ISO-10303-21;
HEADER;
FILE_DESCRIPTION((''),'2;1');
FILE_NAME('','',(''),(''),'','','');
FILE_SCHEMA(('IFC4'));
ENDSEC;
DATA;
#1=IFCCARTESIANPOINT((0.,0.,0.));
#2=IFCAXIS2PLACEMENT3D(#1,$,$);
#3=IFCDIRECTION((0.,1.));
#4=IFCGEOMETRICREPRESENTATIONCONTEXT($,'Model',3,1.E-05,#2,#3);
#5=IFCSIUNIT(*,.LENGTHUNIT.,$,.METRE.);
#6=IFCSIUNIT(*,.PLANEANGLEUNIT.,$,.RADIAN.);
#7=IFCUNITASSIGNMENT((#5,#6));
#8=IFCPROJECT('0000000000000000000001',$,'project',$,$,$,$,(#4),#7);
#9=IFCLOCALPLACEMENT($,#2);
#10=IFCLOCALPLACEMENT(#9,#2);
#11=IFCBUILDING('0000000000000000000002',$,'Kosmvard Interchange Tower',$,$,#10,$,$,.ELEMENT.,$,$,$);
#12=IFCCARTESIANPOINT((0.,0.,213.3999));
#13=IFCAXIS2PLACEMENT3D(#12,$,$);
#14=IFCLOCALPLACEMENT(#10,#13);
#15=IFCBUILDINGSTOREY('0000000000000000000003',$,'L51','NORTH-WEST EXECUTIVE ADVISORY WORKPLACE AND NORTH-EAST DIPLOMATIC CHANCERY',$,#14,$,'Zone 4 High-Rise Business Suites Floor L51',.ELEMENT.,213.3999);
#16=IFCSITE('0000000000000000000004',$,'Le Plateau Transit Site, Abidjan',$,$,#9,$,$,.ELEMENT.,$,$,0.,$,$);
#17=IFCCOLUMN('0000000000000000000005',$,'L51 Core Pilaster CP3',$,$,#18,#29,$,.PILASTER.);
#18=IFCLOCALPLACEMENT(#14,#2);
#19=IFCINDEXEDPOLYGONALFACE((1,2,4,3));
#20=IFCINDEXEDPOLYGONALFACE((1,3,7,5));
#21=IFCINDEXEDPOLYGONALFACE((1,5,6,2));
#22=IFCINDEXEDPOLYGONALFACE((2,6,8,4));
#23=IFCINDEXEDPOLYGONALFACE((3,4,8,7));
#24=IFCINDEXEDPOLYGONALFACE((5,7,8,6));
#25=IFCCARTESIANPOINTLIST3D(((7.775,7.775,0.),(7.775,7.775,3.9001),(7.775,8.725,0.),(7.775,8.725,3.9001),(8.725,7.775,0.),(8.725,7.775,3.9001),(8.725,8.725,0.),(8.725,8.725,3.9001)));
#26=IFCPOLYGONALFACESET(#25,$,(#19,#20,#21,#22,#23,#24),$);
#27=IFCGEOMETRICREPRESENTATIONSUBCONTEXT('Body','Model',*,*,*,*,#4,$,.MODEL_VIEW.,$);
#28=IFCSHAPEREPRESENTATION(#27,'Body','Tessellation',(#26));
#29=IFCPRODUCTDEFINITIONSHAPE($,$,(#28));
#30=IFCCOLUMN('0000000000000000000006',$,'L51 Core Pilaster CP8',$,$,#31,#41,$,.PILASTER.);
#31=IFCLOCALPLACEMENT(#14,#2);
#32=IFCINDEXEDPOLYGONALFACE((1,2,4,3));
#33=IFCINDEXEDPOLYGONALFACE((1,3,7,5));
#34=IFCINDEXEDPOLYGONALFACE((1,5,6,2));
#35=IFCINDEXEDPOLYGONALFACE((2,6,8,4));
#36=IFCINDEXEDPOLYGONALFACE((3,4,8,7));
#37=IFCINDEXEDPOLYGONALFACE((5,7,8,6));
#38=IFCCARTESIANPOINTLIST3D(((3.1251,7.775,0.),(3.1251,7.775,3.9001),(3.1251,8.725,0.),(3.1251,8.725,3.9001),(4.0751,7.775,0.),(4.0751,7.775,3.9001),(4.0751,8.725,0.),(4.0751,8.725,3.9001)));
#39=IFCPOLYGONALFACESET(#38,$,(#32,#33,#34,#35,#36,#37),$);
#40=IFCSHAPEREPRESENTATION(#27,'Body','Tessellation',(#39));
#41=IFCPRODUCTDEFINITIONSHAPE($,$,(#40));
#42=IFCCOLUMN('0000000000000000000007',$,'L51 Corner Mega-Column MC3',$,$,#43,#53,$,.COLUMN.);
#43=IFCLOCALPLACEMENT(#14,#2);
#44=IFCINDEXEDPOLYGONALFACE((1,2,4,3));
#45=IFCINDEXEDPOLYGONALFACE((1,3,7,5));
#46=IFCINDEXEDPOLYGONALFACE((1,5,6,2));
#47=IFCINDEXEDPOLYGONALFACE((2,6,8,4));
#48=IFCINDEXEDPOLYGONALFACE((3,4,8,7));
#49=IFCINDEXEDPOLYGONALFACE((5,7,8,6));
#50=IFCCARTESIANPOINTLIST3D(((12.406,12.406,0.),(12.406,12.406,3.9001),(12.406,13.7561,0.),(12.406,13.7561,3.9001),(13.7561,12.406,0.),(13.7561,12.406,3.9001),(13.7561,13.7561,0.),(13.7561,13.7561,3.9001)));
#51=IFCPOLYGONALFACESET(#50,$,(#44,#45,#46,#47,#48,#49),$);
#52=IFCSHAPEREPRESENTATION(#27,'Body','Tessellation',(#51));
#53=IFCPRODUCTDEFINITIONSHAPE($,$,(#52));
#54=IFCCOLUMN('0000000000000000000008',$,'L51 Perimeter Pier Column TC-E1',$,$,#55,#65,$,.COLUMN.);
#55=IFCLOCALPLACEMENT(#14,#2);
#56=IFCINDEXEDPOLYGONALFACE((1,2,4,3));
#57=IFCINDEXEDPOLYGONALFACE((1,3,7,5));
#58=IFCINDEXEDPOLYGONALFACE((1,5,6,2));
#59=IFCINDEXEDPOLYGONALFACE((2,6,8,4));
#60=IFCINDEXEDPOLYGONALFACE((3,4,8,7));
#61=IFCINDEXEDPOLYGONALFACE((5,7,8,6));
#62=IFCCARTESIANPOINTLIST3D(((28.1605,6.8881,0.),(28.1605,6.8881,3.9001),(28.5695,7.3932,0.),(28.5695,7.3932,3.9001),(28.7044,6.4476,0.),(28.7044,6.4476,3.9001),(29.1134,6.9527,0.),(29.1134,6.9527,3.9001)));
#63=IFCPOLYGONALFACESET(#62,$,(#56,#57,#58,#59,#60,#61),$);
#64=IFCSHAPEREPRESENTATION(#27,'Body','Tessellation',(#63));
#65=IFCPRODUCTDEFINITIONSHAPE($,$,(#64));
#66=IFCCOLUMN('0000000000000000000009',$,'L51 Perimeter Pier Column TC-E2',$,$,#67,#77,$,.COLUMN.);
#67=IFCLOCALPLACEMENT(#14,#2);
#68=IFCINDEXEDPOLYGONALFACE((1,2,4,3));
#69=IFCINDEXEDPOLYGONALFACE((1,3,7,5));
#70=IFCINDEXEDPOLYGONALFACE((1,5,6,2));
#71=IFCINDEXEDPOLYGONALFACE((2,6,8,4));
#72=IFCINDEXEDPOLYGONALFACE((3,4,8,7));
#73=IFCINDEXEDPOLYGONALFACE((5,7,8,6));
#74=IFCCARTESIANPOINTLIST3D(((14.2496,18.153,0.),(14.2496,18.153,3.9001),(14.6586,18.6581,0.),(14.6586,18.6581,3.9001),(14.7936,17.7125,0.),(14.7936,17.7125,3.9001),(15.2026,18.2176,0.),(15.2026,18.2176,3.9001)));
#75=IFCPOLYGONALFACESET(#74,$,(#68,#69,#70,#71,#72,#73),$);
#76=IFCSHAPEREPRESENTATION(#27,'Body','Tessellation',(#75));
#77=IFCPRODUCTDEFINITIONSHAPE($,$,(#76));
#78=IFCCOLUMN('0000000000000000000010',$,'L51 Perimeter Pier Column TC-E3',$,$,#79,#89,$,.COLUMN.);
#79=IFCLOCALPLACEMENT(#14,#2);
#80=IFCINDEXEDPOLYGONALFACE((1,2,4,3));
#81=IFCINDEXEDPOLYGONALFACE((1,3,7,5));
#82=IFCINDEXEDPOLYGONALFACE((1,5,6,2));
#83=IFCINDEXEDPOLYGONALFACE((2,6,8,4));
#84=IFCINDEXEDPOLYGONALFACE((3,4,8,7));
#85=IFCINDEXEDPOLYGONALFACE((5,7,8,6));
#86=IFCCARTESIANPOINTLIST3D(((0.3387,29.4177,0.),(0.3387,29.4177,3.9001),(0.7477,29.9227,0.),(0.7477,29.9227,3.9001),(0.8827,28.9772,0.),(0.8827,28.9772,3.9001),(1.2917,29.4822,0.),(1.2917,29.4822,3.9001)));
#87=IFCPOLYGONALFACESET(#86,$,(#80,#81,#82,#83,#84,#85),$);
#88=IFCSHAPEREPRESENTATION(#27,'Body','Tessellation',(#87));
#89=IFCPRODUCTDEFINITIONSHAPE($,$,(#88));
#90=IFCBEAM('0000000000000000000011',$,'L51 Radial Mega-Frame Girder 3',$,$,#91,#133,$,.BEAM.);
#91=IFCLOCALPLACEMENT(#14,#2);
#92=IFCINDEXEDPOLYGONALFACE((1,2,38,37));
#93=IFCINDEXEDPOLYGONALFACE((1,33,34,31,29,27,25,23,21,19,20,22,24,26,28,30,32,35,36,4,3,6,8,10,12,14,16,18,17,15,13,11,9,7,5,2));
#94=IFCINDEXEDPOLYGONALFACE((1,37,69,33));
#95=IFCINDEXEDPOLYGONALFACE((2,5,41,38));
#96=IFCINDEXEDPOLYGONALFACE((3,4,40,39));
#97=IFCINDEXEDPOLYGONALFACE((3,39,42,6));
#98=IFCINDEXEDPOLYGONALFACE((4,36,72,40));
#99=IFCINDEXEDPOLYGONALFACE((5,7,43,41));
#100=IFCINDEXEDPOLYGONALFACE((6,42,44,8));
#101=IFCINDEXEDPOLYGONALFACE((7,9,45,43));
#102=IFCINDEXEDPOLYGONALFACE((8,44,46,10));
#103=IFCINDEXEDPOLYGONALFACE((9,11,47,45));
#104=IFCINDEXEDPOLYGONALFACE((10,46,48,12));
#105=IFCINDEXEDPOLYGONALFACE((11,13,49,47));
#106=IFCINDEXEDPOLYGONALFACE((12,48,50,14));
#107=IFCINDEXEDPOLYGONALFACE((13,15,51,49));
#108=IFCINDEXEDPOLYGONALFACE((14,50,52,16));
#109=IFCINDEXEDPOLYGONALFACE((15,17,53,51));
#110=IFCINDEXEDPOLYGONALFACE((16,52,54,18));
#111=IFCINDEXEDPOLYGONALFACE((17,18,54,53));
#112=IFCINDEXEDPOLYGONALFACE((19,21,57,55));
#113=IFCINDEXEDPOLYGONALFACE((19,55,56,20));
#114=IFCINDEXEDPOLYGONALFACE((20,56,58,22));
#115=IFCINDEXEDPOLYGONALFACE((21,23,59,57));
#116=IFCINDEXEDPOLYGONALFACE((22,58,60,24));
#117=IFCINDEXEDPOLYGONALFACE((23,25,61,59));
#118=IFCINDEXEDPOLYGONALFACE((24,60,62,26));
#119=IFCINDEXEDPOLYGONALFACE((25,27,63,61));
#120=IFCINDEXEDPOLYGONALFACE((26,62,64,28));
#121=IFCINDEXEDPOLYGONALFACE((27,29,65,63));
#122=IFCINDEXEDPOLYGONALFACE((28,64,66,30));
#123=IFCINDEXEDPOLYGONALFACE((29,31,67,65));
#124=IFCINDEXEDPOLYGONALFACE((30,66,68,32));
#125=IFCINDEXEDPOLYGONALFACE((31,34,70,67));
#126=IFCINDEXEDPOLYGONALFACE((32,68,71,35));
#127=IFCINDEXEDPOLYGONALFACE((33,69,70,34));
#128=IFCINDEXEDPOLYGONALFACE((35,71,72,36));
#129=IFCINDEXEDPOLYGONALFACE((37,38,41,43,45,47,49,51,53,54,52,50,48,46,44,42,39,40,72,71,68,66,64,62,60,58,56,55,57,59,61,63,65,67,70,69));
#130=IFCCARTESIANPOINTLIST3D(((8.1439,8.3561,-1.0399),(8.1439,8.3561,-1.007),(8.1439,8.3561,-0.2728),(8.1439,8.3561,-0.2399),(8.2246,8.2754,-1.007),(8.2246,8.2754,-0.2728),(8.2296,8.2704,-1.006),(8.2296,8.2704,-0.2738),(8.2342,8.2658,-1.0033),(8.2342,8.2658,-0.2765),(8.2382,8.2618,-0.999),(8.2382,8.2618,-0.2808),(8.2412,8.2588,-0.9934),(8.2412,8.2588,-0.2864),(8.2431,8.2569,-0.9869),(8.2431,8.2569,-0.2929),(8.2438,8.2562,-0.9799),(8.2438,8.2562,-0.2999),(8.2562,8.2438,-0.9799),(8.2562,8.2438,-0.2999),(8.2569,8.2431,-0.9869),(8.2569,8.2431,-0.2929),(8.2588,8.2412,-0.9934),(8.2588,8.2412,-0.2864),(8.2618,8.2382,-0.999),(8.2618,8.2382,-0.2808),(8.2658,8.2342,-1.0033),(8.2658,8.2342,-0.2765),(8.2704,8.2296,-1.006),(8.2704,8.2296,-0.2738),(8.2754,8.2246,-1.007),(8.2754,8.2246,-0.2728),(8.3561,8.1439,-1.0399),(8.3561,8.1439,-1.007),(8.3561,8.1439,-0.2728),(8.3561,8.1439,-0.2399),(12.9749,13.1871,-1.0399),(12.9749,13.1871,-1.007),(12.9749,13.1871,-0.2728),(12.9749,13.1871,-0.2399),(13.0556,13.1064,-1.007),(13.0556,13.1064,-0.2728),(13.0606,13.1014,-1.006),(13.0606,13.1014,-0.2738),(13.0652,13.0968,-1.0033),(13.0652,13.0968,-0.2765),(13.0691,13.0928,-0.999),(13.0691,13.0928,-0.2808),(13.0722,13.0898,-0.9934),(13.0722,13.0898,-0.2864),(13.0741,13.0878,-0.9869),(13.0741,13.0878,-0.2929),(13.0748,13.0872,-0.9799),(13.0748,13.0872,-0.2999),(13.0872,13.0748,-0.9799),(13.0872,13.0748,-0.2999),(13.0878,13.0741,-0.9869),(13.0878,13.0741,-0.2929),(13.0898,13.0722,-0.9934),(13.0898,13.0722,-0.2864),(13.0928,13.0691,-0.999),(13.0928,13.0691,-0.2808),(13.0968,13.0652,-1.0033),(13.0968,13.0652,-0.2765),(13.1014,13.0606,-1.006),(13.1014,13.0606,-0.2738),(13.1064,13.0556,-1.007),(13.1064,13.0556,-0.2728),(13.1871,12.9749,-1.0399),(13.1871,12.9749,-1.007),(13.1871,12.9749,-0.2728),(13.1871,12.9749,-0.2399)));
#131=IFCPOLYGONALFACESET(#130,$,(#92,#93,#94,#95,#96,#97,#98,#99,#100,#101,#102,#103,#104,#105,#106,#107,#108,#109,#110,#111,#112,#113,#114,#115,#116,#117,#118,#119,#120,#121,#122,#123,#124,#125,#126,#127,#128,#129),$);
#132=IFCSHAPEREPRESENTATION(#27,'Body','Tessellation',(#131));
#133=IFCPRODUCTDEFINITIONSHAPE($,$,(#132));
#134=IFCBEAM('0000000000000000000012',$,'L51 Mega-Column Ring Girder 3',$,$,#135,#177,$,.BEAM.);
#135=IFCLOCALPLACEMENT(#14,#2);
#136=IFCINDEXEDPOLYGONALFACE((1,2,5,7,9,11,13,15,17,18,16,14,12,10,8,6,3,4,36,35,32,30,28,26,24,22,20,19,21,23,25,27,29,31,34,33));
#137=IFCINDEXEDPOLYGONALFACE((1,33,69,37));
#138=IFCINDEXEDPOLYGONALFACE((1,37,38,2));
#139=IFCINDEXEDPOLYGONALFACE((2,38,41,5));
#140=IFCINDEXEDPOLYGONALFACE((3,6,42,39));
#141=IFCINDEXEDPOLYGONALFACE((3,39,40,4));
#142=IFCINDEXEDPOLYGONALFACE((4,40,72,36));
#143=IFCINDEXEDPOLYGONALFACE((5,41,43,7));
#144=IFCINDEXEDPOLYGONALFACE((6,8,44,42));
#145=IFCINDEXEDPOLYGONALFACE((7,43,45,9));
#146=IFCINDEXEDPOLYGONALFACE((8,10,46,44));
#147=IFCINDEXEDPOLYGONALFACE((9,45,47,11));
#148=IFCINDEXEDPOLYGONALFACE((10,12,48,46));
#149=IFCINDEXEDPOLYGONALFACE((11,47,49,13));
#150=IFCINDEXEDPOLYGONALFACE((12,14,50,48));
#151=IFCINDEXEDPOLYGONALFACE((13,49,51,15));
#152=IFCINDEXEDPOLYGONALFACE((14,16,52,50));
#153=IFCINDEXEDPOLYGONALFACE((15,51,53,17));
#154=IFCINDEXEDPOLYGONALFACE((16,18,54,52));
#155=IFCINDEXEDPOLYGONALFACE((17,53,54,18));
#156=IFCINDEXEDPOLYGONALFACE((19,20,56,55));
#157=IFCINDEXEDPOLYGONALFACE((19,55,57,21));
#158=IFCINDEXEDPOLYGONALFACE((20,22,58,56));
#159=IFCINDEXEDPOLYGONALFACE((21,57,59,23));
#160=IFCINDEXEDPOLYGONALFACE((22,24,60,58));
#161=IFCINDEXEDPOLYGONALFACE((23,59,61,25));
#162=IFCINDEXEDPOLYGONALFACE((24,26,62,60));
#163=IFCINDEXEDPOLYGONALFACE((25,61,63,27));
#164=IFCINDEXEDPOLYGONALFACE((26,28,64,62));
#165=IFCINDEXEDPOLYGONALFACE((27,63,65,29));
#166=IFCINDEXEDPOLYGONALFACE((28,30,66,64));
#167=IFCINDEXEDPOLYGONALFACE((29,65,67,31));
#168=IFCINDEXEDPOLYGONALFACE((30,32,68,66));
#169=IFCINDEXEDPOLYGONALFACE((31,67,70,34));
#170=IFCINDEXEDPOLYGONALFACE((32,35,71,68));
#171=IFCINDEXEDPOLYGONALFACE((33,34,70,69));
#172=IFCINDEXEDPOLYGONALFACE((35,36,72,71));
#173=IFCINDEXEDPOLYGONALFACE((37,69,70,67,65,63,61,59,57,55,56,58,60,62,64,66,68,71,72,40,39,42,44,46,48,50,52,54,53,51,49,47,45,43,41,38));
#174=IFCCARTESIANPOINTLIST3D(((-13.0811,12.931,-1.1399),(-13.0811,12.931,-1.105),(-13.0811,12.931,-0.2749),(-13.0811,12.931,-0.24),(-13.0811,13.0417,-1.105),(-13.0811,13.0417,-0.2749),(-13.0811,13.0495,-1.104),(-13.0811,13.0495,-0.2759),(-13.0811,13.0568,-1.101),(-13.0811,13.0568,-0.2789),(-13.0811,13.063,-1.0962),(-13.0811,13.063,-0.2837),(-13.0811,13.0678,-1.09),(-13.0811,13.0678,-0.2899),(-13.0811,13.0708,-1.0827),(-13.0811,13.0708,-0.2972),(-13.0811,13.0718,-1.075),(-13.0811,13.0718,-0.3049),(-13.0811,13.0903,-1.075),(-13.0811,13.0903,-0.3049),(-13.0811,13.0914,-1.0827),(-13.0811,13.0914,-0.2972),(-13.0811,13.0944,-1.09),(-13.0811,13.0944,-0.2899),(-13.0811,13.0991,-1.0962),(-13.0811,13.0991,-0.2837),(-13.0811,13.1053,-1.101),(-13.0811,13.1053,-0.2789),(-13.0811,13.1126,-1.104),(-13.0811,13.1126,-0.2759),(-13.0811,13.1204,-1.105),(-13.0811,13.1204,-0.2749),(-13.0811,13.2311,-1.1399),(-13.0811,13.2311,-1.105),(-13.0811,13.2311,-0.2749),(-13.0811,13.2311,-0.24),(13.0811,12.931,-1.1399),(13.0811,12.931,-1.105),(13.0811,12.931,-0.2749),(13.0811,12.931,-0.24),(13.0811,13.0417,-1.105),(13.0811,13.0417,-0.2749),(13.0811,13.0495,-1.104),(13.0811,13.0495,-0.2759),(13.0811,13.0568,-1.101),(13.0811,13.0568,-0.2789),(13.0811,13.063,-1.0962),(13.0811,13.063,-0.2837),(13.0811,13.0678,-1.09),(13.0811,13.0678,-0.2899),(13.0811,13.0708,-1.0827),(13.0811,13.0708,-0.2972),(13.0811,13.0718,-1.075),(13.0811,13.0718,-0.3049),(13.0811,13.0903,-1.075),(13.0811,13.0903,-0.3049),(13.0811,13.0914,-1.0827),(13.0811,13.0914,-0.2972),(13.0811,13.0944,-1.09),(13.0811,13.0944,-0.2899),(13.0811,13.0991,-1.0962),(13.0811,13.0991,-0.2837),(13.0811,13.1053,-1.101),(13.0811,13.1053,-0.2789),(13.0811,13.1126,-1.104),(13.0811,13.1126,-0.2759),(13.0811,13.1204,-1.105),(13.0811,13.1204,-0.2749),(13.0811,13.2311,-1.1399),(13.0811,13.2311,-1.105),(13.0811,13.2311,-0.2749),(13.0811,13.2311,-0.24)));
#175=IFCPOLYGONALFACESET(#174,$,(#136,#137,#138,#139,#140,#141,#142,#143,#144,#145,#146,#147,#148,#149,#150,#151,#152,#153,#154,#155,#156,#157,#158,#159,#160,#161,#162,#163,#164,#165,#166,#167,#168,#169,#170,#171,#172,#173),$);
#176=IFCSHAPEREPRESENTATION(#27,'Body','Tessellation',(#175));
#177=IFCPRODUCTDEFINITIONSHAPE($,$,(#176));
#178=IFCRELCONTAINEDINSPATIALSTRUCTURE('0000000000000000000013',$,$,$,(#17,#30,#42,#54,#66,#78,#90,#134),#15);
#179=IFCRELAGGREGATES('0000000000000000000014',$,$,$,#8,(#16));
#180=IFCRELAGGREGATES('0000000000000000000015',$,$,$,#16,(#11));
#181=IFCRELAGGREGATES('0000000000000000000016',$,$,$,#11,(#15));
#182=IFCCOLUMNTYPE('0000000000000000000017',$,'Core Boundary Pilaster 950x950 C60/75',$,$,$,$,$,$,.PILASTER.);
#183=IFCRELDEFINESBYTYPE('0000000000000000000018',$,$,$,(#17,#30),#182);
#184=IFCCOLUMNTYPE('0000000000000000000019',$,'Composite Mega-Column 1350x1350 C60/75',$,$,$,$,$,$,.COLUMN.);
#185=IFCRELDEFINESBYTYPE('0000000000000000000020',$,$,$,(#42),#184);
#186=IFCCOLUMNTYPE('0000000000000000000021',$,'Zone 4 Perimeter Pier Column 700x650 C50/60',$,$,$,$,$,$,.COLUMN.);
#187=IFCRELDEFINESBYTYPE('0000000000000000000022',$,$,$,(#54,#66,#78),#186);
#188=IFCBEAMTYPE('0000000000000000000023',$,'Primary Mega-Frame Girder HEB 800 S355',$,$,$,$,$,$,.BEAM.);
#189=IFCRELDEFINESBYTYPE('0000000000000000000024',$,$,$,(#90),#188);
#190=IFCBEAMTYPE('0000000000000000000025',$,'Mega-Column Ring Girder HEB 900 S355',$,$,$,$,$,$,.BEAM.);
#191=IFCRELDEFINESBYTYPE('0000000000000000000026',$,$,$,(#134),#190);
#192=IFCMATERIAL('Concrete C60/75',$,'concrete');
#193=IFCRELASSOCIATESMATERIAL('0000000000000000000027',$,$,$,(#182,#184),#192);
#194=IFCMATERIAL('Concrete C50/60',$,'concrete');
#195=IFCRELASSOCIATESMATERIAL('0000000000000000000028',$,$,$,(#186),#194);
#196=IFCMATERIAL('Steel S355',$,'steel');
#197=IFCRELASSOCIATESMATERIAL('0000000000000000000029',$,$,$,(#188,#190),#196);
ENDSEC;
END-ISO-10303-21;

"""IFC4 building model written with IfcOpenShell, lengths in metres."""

from ifc_helpers import new_model, si_unit, direction, frame, origin, origin_2d, place, context, subcontext, project, spatial, rectangle, i_section, extrude, source, transform, mapped, material, material_profile, profile_set, type_object, element, save


model = new_model("IFC4")

# Units and contexts
model_context = context("Model", 3, precision=1e-05, world=origin(), true_north=direction((0.0, 1.0)))
body_context = subcontext(model_context, "Body", "Model", "MODEL_VIEW")
ifc_project = project(units=[si_unit("LENGTHUNIT", "METRE"), si_unit("PLANEANGLEUNIT", "RADIAN")], contexts=[model_context])

# Site, building, storey
site_placement = place(None, origin())
site = spatial("IfcSite", under=ifc_project, at=site_placement, Name="Le Plateau Transit Site, Abidjan", CompositionType="ELEMENT", RefElevation=0.0)
building_placement = place(site_placement, origin())
building = spatial("IfcBuilding", under=site, at=building_placement, Name="Kosmvard Interchange Tower", CompositionType="ELEMENT")
storey_placement = place(building_placement, frame((0.0, 0.0, 213.3999)))
storey = spatial("IfcBuildingStorey", under=building, at=storey_placement, Name="L51", Description="NORTH-WEST EXECUTIVE ADVISORY WORKPLACE AND NORTH-EAST DIPLOMATIC CHANCERY", LongName="Zone 4 High-Rise Business Suites Floor L51", CompositionType="ELEMENT", Elevation=213.3999)

# Columns
ifc_material_1 = material(Name="Concrete C60/75", Category="concrete")
ifc_material_profile_1 = material_profile(ifc_material_1, rectangle(XDim=0.95, YDim=0.95, at=origin_2d()), Name="CP 950x950")
ifc_profile_set_1 = profile_set([ifc_material_profile_1], Name="Concrete C60/75")
column_type_1 = type_object("IfcColumnType", Name="Core Boundary Pilaster 950x950 C60/75", PredefinedType="PILASTER", material=ifc_profile_set_1)
shared_shape_1 = source(origin(), body_context, "Body", "SweptSolid", [
    extrude(rectangle(XDim=0.95, YDim=0.95, at=origin_2d()), origin(), (0.0, 0.0, 1.0), 3.9001),
])
for number, where, z_axis, x_axis, name in (
    (1, (8.25, 8.25, 0.0), (0.0, 0.0, 1.0), (1.0, 0.0, 0.0), "L51 Core Pilaster CP3"),
    (2, (3.6001, 8.25, 0.0), (0.0, 0.0, 1.0), (1.0, 0.0, 0.0), "L51 Core Pilaster CP8"),
):
    element("IfcColumn", number, at=place(storey_placement, frame(where, z_axis=z_axis, x_axis=x_axis)), inside=storey, type_object=column_type_1, Name=name, PredefinedType="PILASTER", context=body_context, shape_type="MappedRepresentation", body=[
        mapped(shared_shape_1, transform((0.0, 0.0, 0.0), scale=1.0)),
    ])
ifc_material_profile_2 = material_profile(ifc_material_1, rectangle(XDim=1.3501, YDim=1.3501, at=origin_2d()), Name="MC 1350x1350")
ifc_profile_set_2 = profile_set([ifc_material_profile_2], Name="Concrete C60/75")
column_type_2 = type_object("IfcColumnType", Name="Composite Mega-Column 1350x1350 C60/75", PredefinedType="COLUMN", material=ifc_profile_set_2)
shared_shape_2 = source(origin(), body_context, "Body", "SweptSolid", [
    extrude(rectangle(XDim=1.3501, YDim=1.3501, at=origin_2d()), origin(), (0.0, 0.0, 1.0), 3.9001),
])
column_placement = place(storey_placement, frame((13.0811, 13.0811, 0.0), z_axis=(0.0, 0.0, 1.0), x_axis=(1.0, 0.0, 0.0)))
element("IfcColumn", 3, at=column_placement, inside=storey, type_object=column_type_2, Name="L51 Corner Mega-Column MC3", PredefinedType="COLUMN", context=body_context, shape_type="MappedRepresentation", body=[
    mapped(shared_shape_2, transform((0.0, 0.0, 0.0), scale=1.0)),
])
ifc_material_2 = material(Name="Concrete C50/60", Category="concrete")
ifc_material_profile_3 = material_profile(ifc_material_2, rectangle(XDim=0.6499, YDim=0.7, at=origin_2d()), Name="TC 700x650")
ifc_profile_set_3 = profile_set([ifc_material_profile_3], Name="Concrete C50/60")
column_type_3 = type_object("IfcColumnType", Name="Zone 4 Perimeter Pier Column 700x650 C50/60", PredefinedType="COLUMN", material=ifc_profile_set_3)
shared_shape_3 = source(origin(), body_context, "Body", "SweptSolid", [
    extrude(rectangle(XDim=0.6499, YDim=0.7, at=origin_2d()), origin(), (0.0, 0.0, 1.0), 3.9001),
])
for number, where, z_axis, x_axis, name in (
    (4, (28.637, 6.9204, 0.0), (0.0, 0.0, 1.0), (0.62932, 0.777146, 0.0), "L51 Perimeter Pier Column TC-E1"),
    (5, (14.7261, 18.1853, 0.0), (0.0, 0.0, 1.0), (0.62932, 0.777146, 0.0), "L51 Perimeter Pier Column TC-E2"),
    (6, (0.8152, 29.45, 0.0), (0.0, 0.0, 1.0), (0.62932, 0.777146, 0.0), "L51 Perimeter Pier Column TC-E3"),
):
    element("IfcColumn", number, at=place(storey_placement, frame(where, z_axis=z_axis, x_axis=x_axis)), inside=storey, type_object=column_type_3, Name=name, PredefinedType="COLUMN", context=body_context, shape_type="MappedRepresentation", body=[
        mapped(shared_shape_3, transform((0.0, 0.0, 0.0), scale=1.0)),
    ])

# Beams
ifc_material_3 = material(Name="Steel S355", Category="steel")
ifc_material_profile_4 = material_profile(ifc_material_3, i_section(OverallWidth=0.3, OverallDepth=0.8, WebThickness=0.0176, FlangeThickness=0.033, FilletRadius=0.0271, at=origin_2d()), Name="HEB 800")
ifc_profile_set_4 = profile_set([ifc_material_profile_4], Name="Steel S355")
beam_type_1 = type_object("IfcBeamType", Name="Primary Mega-Frame Girder HEB 800 S355", PredefinedType="BEAM", material=ifc_profile_set_4)
shared_shape_4 = source(origin(), body_context, "Body", "SweptSolid", [
    extrude(i_section(OverallWidth=0.3, OverallDepth=0.8, WebThickness=0.0176, FlangeThickness=0.033, FilletRadius=0.0271, at=origin_2d()), origin(), (0.0, 0.0, 1.0), 6.832),
])
beam_1_placement = place(storey_placement, frame((8.25, 8.25, -0.6399), z_axis=(0.707107, 0.707107, 0.0), x_axis=(-0.707107, 0.707107, 0.0)))
element("IfcBeam", 7, at=beam_1_placement, inside=storey, type_object=beam_type_1, Name="L51 Radial Mega-Frame Girder 3", PredefinedType="BEAM", context=body_context, shape_type="MappedRepresentation", body=[
    mapped(shared_shape_4, transform((0.0, 0.0, 0.0), scale=1.0)),
])
ifc_material_profile_5 = material_profile(ifc_material_3, i_section(OverallWidth=0.3, OverallDepth=0.8999, WebThickness=0.0186, FlangeThickness=0.0349, FilletRadius=0.03, at=origin_2d()), Name="HEB 900")
ifc_profile_set_5 = profile_set([ifc_material_profile_5], Name="Steel S355")
beam_type_2 = type_object("IfcBeamType", Name="Mega-Column Ring Girder HEB 900 S355", PredefinedType="BEAM", material=ifc_profile_set_5)
shared_shape_5 = source(origin(), body_context, "Body", "SweptSolid", [
    extrude(i_section(OverallWidth=0.3, OverallDepth=0.8999, WebThickness=0.0186, FlangeThickness=0.0349, FilletRadius=0.03, at=origin_2d()), origin(), (0.0, 0.0, 1.0), 26.1621),
])
beam_2_placement = place(storey_placement, frame((13.0811, 13.0811, -0.6899), z_axis=(-1.0, 0.0, 0.0), x_axis=(0.0, -1.0, 0.0)))
element("IfcBeam", 8, at=beam_2_placement, inside=storey, type_object=beam_type_2, Name="L51 Mega-Column Ring Girder 3", PredefinedType="BEAM", context=body_context, shape_type="MappedRepresentation", body=[
    mapped(shared_shape_5, transform((0.0, 0.0, 0.0), scale=1.0)),
])

save(model, "model.ifc")
